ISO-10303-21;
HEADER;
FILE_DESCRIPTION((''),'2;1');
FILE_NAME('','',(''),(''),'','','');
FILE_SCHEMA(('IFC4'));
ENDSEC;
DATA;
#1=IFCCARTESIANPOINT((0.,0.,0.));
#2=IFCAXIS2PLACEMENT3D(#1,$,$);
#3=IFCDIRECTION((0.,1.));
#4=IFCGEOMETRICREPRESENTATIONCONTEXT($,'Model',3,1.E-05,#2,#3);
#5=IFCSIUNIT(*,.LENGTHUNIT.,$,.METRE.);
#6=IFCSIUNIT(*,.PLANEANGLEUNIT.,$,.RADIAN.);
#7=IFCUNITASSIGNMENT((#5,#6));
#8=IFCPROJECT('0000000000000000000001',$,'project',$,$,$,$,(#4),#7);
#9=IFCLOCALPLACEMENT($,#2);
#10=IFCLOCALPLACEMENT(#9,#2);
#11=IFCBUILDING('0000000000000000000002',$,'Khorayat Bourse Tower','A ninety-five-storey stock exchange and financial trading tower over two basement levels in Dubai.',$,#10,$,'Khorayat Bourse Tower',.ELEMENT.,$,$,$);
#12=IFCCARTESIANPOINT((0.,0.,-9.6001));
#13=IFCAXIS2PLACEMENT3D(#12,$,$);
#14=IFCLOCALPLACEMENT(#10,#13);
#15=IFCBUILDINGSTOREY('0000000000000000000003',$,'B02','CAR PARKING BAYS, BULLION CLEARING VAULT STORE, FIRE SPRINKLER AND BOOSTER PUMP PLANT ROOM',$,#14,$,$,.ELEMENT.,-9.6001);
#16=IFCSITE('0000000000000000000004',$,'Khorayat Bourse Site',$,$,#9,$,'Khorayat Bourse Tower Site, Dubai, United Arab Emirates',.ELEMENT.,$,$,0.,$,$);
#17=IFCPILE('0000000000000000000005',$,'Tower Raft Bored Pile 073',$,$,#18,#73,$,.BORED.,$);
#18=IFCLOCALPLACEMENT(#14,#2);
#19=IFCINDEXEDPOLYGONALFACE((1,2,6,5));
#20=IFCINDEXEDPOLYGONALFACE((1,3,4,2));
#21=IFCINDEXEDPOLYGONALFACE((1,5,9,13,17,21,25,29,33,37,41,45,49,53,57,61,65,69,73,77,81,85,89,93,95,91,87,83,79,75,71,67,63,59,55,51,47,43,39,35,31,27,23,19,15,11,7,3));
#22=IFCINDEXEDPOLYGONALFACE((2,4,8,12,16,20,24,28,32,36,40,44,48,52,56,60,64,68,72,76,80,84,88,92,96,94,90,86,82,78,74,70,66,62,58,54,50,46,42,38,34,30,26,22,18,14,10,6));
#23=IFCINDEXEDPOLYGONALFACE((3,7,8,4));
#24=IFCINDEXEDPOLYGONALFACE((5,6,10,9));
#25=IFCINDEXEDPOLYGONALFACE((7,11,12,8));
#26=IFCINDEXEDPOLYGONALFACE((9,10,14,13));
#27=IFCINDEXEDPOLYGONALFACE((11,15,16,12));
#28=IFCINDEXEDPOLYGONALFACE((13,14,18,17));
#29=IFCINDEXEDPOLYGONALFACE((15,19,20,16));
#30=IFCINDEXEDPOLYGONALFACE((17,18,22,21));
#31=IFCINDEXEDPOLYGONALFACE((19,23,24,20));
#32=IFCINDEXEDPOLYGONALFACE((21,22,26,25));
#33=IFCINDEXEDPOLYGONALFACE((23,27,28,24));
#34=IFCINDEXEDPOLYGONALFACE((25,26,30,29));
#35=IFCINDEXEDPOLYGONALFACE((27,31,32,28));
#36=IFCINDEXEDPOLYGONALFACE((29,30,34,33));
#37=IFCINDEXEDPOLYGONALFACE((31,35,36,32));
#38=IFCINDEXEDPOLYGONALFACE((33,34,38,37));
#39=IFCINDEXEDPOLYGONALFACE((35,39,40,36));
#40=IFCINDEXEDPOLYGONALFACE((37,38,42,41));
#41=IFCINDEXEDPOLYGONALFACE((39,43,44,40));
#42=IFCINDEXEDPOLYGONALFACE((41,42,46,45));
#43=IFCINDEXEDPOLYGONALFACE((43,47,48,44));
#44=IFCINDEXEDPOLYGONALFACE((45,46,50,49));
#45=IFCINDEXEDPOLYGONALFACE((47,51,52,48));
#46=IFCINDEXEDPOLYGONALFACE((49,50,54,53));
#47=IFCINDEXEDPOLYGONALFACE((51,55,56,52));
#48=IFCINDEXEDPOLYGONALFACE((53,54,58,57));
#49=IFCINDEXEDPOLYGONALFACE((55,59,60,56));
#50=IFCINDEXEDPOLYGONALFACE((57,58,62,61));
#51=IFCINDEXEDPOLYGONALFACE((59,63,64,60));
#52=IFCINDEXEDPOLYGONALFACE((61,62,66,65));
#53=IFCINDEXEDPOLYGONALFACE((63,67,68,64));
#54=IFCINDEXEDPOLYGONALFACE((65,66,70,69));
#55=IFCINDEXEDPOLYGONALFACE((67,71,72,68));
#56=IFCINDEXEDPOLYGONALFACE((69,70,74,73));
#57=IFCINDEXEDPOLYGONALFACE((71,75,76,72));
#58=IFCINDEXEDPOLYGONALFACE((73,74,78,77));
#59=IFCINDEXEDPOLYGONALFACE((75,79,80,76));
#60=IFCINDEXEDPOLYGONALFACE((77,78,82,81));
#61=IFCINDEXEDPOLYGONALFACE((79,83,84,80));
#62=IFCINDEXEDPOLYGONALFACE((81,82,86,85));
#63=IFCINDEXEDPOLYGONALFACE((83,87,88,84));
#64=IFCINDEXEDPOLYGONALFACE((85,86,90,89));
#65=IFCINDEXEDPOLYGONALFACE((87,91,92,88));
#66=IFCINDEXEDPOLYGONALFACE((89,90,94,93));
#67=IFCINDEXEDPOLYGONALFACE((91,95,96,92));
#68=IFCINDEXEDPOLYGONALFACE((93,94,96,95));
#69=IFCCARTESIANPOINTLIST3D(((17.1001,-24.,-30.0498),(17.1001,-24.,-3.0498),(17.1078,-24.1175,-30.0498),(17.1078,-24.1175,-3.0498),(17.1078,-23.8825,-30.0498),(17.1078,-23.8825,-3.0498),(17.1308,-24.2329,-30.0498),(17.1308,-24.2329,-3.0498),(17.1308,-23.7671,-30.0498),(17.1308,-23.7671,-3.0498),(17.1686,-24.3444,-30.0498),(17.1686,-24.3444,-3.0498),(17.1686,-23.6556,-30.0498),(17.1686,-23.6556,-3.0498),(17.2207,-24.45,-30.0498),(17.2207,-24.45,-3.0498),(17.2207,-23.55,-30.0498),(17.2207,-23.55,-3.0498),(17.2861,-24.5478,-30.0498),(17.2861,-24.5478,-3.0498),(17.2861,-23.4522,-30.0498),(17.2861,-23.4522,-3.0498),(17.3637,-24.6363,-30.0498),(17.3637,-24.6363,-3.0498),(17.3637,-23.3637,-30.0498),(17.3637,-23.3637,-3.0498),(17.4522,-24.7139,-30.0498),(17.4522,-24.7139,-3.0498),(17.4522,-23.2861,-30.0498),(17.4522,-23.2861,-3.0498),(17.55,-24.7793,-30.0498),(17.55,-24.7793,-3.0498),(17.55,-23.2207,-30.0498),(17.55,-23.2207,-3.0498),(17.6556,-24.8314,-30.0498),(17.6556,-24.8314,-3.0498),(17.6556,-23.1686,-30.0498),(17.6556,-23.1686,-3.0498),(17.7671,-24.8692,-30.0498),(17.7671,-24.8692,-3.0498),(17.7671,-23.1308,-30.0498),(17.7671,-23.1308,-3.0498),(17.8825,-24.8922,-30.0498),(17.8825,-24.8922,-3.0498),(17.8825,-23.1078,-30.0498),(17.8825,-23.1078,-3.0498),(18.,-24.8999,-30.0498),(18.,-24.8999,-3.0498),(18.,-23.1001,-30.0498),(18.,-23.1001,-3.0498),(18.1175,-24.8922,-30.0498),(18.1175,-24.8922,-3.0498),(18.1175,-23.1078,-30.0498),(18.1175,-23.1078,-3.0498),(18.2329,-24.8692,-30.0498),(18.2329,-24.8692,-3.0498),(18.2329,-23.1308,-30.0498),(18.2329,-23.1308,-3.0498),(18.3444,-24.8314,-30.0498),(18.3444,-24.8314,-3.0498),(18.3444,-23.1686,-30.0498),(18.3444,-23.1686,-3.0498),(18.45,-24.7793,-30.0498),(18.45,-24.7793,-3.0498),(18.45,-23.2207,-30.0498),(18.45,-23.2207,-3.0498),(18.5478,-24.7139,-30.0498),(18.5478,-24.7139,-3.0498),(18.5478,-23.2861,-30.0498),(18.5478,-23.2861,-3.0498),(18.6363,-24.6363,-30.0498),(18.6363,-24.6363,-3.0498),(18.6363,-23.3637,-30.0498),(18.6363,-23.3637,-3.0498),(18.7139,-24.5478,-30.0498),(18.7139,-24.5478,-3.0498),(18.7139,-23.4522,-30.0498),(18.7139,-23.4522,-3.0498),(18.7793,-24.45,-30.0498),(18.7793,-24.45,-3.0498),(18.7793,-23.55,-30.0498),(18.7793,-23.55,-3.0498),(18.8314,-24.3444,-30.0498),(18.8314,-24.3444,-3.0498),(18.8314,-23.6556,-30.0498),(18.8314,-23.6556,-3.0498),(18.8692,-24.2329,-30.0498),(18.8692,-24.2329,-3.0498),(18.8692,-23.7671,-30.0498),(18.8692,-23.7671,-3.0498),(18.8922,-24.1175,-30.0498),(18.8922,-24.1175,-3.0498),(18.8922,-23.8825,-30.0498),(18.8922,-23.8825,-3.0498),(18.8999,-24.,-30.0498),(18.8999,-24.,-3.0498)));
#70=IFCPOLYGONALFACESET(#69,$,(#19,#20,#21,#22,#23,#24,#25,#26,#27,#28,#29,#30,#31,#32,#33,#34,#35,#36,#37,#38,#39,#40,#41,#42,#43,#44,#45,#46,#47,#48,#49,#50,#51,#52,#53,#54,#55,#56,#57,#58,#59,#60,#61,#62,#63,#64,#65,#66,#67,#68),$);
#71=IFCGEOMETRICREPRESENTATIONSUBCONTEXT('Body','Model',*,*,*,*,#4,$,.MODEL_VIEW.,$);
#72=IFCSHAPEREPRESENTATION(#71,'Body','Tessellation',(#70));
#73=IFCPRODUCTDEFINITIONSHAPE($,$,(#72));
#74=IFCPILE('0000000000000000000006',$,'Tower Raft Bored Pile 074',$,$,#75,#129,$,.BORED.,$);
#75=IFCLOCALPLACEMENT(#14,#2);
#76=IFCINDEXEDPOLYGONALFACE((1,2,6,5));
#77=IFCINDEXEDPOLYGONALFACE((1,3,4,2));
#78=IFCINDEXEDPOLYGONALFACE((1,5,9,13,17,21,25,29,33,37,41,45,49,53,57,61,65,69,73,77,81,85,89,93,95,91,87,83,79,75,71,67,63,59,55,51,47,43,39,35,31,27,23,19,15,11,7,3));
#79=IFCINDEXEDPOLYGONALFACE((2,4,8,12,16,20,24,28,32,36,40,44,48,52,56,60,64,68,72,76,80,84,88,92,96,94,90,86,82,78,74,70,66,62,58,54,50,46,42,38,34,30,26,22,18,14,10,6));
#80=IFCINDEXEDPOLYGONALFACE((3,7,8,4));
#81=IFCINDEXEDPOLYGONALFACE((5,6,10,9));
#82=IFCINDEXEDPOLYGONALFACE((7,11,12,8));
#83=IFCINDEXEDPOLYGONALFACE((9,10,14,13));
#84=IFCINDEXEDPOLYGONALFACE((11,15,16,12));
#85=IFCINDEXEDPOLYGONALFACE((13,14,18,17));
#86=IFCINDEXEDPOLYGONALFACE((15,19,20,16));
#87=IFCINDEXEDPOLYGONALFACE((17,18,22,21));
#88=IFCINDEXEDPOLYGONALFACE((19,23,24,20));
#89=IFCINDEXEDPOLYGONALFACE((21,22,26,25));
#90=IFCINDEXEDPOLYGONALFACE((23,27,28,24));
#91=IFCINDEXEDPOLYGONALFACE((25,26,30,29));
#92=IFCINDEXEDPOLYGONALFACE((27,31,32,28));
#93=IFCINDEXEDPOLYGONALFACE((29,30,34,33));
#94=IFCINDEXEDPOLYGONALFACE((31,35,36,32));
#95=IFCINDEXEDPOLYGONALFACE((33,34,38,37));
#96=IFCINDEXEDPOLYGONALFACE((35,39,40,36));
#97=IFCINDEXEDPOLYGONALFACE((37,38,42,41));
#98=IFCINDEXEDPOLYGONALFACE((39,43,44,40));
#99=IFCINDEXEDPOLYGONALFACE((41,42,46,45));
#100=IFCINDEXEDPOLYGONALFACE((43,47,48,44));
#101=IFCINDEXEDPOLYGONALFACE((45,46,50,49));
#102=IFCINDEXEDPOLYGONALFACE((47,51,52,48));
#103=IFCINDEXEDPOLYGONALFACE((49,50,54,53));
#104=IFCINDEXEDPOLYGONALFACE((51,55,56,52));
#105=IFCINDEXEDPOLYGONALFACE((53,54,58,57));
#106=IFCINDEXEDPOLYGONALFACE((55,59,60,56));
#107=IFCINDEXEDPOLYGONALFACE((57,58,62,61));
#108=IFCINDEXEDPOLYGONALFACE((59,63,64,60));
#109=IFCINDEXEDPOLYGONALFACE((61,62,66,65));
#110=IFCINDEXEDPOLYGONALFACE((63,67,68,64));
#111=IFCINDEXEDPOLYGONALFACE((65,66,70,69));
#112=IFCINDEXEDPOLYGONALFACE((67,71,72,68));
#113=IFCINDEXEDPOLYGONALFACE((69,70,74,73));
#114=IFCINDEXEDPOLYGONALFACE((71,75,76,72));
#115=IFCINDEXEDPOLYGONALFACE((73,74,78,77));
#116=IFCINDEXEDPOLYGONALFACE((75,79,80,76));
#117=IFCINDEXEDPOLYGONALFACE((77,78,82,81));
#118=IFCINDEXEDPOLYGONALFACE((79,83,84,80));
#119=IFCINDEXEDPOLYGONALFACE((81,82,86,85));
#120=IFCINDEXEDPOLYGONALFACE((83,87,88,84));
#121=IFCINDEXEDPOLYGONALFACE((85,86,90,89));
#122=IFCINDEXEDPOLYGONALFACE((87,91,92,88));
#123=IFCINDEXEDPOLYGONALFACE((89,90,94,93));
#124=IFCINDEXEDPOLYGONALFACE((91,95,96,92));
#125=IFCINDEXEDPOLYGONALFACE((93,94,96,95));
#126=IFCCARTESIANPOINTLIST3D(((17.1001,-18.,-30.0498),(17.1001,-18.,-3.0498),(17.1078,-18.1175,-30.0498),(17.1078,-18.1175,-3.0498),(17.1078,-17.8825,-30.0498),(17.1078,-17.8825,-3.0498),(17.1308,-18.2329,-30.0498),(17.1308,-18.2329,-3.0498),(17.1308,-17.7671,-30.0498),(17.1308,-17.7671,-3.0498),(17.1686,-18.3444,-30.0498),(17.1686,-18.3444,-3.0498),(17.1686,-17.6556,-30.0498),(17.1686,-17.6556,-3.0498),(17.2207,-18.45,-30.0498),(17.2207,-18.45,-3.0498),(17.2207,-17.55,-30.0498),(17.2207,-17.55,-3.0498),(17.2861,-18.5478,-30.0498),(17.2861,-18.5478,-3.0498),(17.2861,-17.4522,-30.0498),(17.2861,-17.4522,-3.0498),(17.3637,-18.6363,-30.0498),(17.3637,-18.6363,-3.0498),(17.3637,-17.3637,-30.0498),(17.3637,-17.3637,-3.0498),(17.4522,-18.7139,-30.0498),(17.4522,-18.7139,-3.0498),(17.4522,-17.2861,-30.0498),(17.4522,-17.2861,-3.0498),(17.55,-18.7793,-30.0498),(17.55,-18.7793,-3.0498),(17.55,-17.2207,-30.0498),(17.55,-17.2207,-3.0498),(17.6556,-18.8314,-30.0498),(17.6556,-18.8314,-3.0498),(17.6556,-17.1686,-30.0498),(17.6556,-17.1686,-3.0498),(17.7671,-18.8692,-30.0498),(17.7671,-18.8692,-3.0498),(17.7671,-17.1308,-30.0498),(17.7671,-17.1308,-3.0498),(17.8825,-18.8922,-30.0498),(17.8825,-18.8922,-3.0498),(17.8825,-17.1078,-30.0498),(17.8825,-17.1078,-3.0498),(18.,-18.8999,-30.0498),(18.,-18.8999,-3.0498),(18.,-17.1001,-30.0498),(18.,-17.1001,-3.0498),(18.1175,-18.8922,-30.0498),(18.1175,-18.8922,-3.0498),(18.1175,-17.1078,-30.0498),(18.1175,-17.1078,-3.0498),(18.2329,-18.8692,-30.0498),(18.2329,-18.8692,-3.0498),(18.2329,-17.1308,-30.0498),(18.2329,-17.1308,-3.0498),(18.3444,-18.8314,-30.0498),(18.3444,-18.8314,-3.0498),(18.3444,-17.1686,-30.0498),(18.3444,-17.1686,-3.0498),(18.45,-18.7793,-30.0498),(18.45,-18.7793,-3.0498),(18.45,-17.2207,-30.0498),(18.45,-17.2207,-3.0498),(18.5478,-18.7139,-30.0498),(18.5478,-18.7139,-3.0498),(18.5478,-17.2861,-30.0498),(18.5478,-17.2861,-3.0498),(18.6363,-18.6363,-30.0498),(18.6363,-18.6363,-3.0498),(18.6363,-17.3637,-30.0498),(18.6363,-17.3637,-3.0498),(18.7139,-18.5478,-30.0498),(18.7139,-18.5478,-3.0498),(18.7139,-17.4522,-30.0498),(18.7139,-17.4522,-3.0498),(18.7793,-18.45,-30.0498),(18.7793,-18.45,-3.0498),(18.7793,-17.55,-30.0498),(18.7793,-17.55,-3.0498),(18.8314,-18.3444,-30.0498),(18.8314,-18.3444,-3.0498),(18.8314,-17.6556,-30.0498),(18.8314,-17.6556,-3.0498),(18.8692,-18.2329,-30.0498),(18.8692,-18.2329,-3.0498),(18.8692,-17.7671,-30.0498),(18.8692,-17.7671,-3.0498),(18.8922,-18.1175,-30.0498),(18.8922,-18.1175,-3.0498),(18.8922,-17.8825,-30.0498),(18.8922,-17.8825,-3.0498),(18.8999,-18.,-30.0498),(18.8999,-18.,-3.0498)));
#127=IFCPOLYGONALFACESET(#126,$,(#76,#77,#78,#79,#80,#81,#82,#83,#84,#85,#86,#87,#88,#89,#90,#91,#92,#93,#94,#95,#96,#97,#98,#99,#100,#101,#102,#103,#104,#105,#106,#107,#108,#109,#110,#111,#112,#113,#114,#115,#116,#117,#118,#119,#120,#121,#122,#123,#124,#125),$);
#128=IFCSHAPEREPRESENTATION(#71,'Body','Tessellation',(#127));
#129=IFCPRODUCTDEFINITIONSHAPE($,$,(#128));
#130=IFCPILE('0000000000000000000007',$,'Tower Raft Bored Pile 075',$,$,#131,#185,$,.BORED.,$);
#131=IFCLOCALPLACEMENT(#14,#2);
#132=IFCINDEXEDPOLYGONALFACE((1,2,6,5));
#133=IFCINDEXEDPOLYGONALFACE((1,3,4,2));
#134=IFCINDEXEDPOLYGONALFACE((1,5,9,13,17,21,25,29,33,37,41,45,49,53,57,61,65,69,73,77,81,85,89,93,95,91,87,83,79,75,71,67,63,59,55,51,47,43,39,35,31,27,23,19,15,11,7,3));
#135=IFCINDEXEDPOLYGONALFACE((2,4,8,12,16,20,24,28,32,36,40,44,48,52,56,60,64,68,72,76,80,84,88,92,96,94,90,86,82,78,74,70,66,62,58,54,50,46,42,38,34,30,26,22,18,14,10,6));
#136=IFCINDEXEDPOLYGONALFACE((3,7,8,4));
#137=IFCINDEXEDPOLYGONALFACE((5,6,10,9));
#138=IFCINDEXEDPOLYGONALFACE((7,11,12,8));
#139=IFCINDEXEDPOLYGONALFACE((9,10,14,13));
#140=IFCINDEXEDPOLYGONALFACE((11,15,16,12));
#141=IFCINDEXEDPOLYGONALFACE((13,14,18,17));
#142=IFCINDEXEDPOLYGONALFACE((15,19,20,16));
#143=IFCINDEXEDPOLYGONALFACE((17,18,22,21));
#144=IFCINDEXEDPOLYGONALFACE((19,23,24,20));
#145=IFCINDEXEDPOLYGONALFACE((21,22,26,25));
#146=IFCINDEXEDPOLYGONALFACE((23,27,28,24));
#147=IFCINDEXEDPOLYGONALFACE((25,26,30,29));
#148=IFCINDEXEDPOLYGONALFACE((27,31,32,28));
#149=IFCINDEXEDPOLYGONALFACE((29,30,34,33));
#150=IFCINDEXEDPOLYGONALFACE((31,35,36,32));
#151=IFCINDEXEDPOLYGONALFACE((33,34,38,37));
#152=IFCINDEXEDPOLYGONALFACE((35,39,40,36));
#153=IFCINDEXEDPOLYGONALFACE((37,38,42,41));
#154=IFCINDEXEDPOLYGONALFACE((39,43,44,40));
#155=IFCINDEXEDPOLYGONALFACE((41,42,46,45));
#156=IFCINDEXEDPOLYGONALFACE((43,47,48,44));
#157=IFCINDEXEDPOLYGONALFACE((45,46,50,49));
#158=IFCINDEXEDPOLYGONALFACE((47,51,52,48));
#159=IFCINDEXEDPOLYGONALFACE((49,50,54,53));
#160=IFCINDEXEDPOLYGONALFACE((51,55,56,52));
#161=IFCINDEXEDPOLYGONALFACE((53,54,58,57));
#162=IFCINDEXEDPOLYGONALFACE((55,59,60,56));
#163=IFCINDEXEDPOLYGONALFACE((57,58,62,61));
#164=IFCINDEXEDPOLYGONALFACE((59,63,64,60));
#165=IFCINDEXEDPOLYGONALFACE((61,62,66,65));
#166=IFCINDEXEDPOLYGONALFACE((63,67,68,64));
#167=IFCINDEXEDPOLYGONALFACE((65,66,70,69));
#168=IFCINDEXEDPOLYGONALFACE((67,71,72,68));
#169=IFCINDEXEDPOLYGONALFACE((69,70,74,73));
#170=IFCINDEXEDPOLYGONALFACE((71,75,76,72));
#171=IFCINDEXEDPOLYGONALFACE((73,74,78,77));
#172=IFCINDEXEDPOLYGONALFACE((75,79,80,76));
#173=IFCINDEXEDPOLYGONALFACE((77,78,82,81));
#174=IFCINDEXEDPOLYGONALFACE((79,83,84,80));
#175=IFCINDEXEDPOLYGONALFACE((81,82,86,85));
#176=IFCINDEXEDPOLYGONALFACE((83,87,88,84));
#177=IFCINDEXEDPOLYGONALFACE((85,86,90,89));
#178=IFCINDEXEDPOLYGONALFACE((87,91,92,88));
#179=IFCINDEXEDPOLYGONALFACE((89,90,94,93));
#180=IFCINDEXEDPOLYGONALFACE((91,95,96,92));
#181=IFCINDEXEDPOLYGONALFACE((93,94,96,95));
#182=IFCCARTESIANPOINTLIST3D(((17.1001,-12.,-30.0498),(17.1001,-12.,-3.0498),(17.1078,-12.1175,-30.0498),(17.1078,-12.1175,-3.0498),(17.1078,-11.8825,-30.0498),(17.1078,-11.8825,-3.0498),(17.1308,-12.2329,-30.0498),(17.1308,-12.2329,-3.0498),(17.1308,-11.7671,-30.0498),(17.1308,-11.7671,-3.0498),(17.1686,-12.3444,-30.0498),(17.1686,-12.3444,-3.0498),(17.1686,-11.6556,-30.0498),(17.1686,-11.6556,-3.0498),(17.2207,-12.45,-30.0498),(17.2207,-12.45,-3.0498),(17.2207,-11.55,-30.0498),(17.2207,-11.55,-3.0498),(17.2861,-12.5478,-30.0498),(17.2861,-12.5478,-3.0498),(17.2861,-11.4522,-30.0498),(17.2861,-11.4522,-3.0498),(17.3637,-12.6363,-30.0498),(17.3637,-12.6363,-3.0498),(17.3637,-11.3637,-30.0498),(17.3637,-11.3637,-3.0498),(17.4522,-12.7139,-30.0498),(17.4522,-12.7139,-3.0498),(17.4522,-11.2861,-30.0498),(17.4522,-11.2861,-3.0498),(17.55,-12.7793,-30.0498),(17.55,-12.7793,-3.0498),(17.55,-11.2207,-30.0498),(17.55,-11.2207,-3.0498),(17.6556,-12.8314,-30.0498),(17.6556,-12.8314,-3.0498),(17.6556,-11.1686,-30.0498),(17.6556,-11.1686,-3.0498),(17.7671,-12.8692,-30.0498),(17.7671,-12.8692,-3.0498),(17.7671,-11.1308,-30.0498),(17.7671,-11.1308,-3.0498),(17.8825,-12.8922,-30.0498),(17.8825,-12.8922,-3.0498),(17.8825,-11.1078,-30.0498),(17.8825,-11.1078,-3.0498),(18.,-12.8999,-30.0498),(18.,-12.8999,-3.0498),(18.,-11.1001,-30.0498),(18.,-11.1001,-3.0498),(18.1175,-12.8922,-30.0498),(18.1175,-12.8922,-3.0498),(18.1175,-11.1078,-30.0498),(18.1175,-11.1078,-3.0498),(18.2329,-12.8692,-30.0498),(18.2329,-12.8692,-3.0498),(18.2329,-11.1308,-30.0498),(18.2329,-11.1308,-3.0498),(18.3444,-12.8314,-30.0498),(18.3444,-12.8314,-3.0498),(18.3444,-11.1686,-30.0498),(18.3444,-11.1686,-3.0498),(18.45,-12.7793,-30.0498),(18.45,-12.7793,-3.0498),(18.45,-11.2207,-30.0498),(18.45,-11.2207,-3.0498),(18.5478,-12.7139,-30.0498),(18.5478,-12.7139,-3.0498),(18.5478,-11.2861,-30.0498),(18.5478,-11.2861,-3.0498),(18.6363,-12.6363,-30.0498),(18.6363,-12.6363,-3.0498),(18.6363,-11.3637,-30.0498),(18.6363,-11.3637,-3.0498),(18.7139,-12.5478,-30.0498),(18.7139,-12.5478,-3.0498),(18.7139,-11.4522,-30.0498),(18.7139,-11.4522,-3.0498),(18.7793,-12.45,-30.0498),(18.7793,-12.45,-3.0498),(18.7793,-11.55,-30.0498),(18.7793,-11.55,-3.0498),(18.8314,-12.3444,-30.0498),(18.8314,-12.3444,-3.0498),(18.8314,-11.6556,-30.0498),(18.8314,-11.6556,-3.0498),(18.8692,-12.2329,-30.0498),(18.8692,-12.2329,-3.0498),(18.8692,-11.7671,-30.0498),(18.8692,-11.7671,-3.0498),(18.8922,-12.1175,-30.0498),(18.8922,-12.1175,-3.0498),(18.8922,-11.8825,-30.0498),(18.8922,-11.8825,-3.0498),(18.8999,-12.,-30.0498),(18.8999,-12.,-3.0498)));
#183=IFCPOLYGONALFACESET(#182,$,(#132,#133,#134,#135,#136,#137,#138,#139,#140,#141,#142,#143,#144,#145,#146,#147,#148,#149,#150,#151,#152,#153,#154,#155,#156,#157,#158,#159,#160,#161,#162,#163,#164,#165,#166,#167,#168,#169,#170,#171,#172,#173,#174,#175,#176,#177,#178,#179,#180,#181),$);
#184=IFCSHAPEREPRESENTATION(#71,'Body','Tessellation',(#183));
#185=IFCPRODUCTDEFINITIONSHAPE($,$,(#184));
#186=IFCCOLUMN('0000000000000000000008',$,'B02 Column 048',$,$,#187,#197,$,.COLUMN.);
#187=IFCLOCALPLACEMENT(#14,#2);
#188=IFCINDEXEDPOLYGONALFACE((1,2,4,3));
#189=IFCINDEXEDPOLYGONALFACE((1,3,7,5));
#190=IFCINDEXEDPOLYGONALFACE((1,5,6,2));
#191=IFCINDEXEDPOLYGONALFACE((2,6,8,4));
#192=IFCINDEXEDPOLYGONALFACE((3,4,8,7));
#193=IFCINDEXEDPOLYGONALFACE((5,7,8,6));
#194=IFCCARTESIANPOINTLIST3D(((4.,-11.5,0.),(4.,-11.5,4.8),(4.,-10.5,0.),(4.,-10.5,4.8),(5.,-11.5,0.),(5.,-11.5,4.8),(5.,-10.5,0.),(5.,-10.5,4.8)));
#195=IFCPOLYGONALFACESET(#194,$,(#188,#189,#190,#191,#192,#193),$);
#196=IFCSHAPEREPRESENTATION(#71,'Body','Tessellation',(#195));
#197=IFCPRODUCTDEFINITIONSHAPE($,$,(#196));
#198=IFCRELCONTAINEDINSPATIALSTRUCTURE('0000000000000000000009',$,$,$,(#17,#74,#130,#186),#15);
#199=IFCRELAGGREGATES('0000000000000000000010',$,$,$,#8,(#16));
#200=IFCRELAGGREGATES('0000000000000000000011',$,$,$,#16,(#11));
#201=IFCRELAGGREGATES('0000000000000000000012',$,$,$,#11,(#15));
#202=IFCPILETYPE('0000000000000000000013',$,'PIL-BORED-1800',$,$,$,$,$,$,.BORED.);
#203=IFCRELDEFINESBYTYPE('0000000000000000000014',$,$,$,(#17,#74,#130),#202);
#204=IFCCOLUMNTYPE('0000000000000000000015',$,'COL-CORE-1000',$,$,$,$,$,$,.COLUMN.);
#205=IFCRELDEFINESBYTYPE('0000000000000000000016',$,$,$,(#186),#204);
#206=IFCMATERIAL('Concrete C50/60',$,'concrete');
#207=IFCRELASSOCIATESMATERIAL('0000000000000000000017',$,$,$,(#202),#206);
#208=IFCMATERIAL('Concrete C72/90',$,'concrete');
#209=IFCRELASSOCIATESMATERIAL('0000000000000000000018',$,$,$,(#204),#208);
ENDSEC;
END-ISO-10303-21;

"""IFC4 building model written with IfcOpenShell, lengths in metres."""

from ifc_helpers import new_model, si_unit, direction, frame, origin, origin_2d, place, context, subcontext, project, spatial, rectangle, circle, extrude, source, transform, mapped, material, material_profile, profile_set, type_object, element, save


model = new_model("IFC4")

# Units and contexts
model_context = context("Model", 3, precision=1e-05, world=origin(), true_north=direction((0.0, 1.0)))
body_context = subcontext(model_context, "Body", "Model", "MODEL_VIEW")
ifc_project = project(units=[si_unit("LENGTHUNIT", "METRE"), si_unit("PLANEANGLEUNIT", "RADIAN")], contexts=[model_context])

# Site, building, storey
site_placement = place(None, origin())
site = spatial("IfcSite", under=ifc_project, at=site_placement, Name="Khorayat Bourse Site", LongName="Khorayat Bourse Tower Site, Dubai, United Arab Emirates", CompositionType="ELEMENT", RefElevation=0.0)
building_placement = place(site_placement, origin())
building = spatial("IfcBuilding", under=site, at=building_placement, Name="Khorayat Bourse Tower", Description="A ninety-five-storey stock exchange and financial trading tower over two basement levels in Dubai.", LongName="Khorayat Bourse Tower", CompositionType="ELEMENT")
storey_placement = place(building_placement, frame((0.0, 0.0, -9.6001)))
storey = spatial("IfcBuildingStorey", under=building, at=storey_placement, Name="B02", Description="CAR PARKING BAYS, BULLION CLEARING VAULT STORE, FIRE SPRINKLER AND BOOSTER PUMP PLANT ROOM", CompositionType="ELEMENT", Elevation=-9.6001)

# Piles
ifc_material_1 = material(Name="Concrete C50/60", Category="concrete")
ifc_material_profile_1 = material_profile(ifc_material_1, circle(Radius=0.8999, at=origin_2d()), Name="BORED PILE D1800")
ifc_profile_set_1 = profile_set([ifc_material_profile_1], Name="Concrete C50/60")
pile_type = type_object("IfcPileType", Name="PIL-BORED-1800", PredefinedType="BORED", material=ifc_profile_set_1)
shared_shape_1 = source(origin(), body_context, "Body", "SweptSolid", [
    extrude(circle(Radius=0.8999, at=origin_2d()), origin(), (0.0, 0.0, 1.0), 27.0),
])
for number, where, z_axis, x_axis, name in (
    (1, (18.0, -24.0, -3.0498), (0.0, 0.0, -1.0), (1.0, 0.0, 0.0), "Tower Raft Bored Pile 073"),
    (2, (18.0, -18.0, -3.0498), (0.0, 0.0, -1.0), (1.0, 0.0, 0.0), "Tower Raft Bored Pile 074"),
    (3, (18.0, -12.0, -3.0498), (0.0, 0.0, -1.0), (1.0, 0.0, 0.0), "Tower Raft Bored Pile 075"),
):
    element("IfcPile", number, at=place(storey_placement, frame(where, z_axis=z_axis, x_axis=x_axis)), inside=storey, type_object=pile_type, Name=name, PredefinedType="BORED", context=body_context, shape_type="MappedRepresentation", body=[
        mapped(shared_shape_1, transform((0.0, 0.0, 0.0), scale=1.0)),
    ])

# Column
ifc_material_2 = material(Name="Concrete C72/90", Category="concrete")
ifc_material_profile_2 = material_profile(ifc_material_2, rectangle(XDim=1.0, YDim=1.0, at=origin_2d()), Name="RC 1000x1000")
ifc_profile_set_2 = profile_set([ifc_material_profile_2], Name="Concrete C72/90")
column_type = type_object("IfcColumnType", Name="COL-CORE-1000", PredefinedType="COLUMN", material=ifc_profile_set_2)
shared_shape_2 = source(origin(), body_context, "Body", "SweptSolid", [
    extrude(rectangle(XDim=1.0, YDim=1.0, at=origin_2d()), origin(), (0.0, 0.0, 1.0), 4.8),
])
column_placement = place(storey_placement, frame((4.5, -11.0, 0.0), z_axis=(0.0, 0.0, 1.0), x_axis=(1.0, 0.0, 0.0)))
element("IfcColumn", 4, at=column_placement, inside=storey, type_object=column_type, Name="B02 Column 048", PredefinedType="COLUMN", context=body_context, shape_type="MappedRepresentation", body=[
    mapped(shared_shape_2, transform((0.0, 0.0, 0.0), scale=1.0)),
])

save(model, "model.ifc")
